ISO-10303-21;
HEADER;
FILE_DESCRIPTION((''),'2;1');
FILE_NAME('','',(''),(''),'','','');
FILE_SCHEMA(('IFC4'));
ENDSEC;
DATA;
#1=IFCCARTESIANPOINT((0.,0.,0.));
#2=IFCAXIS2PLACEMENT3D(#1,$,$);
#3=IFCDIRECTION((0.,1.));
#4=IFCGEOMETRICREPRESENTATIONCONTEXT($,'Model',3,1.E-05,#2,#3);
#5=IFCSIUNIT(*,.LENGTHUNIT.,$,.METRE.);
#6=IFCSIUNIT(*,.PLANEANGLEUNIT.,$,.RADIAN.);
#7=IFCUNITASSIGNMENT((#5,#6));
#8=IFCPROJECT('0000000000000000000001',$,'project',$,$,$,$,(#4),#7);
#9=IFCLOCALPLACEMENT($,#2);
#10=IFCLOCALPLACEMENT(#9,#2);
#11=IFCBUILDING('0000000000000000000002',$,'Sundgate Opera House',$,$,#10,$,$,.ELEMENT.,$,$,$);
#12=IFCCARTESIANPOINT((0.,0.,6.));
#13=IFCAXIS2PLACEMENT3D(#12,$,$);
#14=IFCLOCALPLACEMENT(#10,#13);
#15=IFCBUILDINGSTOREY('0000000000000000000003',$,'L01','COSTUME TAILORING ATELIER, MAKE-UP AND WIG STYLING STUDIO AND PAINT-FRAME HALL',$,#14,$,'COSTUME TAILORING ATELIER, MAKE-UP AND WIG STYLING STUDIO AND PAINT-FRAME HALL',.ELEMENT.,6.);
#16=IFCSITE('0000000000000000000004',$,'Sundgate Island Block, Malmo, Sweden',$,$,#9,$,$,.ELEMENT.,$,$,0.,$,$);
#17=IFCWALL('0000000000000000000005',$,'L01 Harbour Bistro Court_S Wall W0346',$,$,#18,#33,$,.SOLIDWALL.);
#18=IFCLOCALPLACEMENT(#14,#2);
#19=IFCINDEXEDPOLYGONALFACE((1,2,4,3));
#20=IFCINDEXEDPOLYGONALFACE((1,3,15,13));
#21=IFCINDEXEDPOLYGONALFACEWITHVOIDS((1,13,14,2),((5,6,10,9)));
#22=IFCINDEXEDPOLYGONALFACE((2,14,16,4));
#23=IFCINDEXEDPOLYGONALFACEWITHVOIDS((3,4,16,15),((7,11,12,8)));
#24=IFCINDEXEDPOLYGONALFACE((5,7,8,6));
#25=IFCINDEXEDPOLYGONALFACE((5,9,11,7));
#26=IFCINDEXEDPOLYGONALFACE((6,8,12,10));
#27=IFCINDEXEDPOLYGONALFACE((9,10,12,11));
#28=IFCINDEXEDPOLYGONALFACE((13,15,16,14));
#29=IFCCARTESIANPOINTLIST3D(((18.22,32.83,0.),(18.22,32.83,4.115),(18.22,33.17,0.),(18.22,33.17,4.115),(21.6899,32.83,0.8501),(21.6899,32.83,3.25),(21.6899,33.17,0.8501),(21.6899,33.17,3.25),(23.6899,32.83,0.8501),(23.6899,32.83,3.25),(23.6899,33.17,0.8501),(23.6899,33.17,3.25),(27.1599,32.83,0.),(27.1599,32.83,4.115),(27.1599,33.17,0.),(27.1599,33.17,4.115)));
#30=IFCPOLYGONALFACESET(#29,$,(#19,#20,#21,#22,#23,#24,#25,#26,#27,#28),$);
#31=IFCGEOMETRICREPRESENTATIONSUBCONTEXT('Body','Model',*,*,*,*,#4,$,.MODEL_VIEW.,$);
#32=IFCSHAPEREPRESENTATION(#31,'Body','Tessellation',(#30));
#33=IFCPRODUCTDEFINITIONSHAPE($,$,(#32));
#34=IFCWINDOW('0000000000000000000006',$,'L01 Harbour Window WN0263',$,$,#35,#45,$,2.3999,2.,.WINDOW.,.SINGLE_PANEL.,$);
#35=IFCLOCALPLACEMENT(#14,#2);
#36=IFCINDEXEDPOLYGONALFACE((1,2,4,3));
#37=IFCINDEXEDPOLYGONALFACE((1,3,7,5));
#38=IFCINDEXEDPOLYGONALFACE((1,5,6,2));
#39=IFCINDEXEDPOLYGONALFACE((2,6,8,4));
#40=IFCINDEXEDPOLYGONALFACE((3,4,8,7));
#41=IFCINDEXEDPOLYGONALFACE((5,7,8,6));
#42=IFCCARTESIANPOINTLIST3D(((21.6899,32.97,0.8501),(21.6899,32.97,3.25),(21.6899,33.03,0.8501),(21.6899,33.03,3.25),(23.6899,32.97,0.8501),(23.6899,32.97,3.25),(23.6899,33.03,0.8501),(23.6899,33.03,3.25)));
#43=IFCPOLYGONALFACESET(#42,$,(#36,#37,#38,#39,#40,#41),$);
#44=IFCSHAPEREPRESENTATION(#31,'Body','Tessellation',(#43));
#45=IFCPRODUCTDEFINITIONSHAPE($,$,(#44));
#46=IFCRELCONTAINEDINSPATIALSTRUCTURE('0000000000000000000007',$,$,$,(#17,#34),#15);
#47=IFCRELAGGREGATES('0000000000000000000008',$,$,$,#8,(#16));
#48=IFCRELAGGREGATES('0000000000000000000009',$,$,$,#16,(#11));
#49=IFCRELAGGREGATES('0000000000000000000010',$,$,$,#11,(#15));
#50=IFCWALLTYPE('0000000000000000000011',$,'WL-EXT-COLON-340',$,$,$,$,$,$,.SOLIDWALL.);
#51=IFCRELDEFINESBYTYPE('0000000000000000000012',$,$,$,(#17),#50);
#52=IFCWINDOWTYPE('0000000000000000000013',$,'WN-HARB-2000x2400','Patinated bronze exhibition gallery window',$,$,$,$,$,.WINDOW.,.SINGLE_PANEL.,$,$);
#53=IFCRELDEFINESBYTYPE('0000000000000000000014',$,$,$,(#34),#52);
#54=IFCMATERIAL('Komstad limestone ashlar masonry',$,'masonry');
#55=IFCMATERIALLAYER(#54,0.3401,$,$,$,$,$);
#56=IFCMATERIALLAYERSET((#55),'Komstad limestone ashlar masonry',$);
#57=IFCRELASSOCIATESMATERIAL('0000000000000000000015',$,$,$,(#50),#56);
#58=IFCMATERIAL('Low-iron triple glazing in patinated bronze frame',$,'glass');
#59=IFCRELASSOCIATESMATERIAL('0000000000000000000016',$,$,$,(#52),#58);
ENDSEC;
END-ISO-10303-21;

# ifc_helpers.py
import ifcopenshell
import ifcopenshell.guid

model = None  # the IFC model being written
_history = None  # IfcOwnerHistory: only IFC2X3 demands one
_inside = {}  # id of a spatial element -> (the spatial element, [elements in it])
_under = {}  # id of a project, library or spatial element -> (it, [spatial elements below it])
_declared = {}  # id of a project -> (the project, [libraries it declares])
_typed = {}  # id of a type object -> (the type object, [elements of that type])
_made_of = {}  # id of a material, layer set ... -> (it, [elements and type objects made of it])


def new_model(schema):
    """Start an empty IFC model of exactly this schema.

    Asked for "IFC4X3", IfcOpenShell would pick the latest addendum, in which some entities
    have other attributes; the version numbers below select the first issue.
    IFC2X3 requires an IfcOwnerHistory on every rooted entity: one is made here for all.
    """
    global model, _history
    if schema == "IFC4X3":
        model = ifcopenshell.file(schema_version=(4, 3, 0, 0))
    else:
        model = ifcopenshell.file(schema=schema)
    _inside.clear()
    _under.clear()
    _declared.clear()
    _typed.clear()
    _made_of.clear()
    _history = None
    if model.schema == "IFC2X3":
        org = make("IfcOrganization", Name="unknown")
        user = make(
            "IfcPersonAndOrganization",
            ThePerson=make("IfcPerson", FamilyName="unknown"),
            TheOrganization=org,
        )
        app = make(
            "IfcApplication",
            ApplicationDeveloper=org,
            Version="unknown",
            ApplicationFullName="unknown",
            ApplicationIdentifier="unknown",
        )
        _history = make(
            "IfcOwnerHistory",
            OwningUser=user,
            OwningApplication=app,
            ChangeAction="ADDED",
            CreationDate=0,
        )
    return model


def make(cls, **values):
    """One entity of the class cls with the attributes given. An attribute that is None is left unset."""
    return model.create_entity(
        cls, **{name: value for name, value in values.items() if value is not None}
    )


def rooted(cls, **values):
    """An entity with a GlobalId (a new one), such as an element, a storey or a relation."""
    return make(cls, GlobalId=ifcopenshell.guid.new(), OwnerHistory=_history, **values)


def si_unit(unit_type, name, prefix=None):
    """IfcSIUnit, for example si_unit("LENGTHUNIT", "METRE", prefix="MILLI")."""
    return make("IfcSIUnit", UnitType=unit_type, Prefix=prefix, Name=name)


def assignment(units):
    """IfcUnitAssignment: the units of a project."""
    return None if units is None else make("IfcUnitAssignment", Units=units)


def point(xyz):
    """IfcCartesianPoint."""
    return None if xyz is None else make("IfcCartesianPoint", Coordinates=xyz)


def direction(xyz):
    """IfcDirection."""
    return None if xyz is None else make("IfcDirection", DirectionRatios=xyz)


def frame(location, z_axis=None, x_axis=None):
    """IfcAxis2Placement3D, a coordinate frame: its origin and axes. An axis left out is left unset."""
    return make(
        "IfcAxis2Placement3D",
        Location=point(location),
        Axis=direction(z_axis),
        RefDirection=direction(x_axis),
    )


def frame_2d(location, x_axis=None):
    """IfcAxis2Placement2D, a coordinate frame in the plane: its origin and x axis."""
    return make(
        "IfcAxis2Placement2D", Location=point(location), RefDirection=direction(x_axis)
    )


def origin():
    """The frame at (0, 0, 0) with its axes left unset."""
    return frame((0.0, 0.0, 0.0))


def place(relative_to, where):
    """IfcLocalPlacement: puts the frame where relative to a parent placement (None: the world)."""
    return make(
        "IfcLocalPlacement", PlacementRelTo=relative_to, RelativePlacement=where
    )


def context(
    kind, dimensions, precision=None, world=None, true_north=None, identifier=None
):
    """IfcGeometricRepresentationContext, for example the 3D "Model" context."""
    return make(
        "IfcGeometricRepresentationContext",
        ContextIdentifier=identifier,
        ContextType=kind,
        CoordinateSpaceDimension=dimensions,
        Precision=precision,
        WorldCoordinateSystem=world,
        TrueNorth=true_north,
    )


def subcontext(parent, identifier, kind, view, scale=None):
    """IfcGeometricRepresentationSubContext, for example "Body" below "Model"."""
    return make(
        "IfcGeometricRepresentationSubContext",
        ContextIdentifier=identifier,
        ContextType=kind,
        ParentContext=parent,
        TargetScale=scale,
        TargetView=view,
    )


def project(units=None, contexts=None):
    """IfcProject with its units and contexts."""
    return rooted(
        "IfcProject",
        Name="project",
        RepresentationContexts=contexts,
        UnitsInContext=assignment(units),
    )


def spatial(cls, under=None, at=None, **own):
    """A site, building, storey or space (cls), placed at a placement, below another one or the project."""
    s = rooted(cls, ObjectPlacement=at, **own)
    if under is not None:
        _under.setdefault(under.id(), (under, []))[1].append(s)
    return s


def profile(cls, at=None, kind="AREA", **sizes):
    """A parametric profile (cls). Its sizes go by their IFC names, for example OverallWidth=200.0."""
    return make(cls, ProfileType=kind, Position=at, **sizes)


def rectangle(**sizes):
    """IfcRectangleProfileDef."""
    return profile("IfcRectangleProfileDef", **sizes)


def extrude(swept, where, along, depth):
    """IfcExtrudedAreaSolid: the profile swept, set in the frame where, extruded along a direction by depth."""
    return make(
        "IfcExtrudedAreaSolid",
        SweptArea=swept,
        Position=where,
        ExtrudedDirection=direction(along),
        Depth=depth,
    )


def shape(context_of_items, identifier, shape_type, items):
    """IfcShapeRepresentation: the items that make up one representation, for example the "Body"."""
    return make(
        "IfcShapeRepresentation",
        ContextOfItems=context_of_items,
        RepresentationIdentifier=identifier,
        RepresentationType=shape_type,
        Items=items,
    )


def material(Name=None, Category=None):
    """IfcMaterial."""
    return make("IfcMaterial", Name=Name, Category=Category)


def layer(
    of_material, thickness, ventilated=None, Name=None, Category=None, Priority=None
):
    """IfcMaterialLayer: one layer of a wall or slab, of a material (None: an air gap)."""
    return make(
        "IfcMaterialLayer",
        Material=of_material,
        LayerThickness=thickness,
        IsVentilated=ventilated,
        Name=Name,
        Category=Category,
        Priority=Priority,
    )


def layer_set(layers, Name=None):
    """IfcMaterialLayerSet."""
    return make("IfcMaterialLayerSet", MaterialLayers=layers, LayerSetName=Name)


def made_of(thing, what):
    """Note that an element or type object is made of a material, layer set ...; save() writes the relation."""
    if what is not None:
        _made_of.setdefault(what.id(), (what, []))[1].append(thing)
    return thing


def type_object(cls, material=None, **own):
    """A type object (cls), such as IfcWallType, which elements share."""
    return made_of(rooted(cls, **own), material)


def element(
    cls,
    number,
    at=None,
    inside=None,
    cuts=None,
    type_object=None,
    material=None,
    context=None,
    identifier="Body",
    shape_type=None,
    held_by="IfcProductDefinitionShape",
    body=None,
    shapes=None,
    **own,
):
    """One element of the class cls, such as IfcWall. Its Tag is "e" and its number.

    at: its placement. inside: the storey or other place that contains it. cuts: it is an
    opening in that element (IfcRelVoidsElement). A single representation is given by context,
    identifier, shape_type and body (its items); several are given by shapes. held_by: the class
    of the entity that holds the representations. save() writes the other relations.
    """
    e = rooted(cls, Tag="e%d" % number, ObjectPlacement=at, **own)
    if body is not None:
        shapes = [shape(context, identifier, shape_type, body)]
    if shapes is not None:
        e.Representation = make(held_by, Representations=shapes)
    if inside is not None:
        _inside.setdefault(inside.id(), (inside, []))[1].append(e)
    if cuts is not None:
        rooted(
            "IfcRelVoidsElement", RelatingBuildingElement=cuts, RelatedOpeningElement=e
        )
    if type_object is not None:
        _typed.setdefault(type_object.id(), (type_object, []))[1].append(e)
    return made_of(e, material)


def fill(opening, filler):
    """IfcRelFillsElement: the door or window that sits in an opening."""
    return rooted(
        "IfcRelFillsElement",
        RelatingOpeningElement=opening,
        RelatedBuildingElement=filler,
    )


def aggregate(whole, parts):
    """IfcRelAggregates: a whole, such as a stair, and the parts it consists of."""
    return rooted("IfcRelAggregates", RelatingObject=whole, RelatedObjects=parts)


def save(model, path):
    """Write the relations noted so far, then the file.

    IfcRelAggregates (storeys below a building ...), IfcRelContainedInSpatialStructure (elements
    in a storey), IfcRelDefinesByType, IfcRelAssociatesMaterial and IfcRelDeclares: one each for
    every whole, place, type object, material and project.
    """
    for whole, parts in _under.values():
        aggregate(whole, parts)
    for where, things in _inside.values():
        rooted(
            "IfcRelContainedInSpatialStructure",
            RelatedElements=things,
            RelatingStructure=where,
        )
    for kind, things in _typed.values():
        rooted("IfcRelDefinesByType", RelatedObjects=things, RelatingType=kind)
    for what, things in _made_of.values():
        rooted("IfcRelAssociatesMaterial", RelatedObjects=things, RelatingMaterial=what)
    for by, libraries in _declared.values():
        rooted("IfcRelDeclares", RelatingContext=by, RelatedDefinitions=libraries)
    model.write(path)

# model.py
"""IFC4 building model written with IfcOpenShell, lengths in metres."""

from ifc_helpers import new_model, si_unit, direction, frame, frame_2d, origin, place, context, subcontext, project, spatial, rectangle, extrude, material, layer, layer_set, type_object, element, fill, save


model = new_model("IFC4")

# Units and contexts
model_context = context("Model", 3, precision=1e-05, world=origin(), true_north=direction((0.0, 1.0)))
body_context = subcontext(model_context, "Body", "Model", "MODEL_VIEW")
ifc_project = project(units=[si_unit("LENGTHUNIT", "METRE"), si_unit("PLANEANGLEUNIT", "RADIAN")], contexts=[model_context])

# Site, building, storey
site_placement = place(None, origin())
site = spatial("IfcSite", under=ifc_project, at=site_placement, Name="Sundgate Island Block, Malmo, Sweden", CompositionType="ELEMENT", RefElevation=0.0)
building_placement = place(site_placement, origin())
building = spatial("IfcBuilding", under=site, at=building_placement, Name="Sundgate Opera House", CompositionType="ELEMENT")
storey_placement = place(building_placement, frame((0.0, 0.0, 6.0)))
storey = spatial("IfcBuildingStorey", under=building, at=storey_placement, Name="L01", Description="COSTUME TAILORING ATELIER, MAKE-UP AND WIG STYLING STUDIO AND PAINT-FRAME HALL", LongName="COSTUME TAILORING ATELIER, MAKE-UP AND WIG STYLING STUDIO AND PAINT-FRAME HALL", CompositionType="ELEMENT", Elevation=6.0)

# Wall, opening, window
ifc_material_1 = material(Name="Komstad limestone ashlar masonry", Category="masonry")
ifc_layer_1 = layer(ifc_material_1, 0.3401)
ifc_layer_set_1 = layer_set([ifc_layer_1], Name="Komstad limestone ashlar masonry")
wall_type = type_object("IfcWallType", Name="WL-EXT-COLON-340", PredefinedType="SOLIDWALL", material=ifc_layer_set_1)
ifc_material_2 = material(Name="Low-iron triple glazing in patinated bronze frame", Category="glass")
window_type = type_object("IfcWindowType", Name="WN-HARB-2000x2400", Description="Patinated bronze exhibition gallery window", PartitioningType="SINGLE_PANEL", PredefinedType="WINDOW", material=ifc_material_2)
wall_1_placement = place(storey_placement, frame((27.1599, 33.0, 0.0), z_axis=(0.0, 0.0, 1.0), x_axis=(-1.0, 0.0, 0.0)))
wall_1 = element("IfcWall", 1, at=wall_1_placement, inside=storey, type_object=wall_type, Name="L01 Harbour Bistro Court_S Wall W0346", PredefinedType="SOLIDWALL", context=body_context, shape_type="SweptSolid", body=[
    extrude(rectangle(XDim=8.9399, YDim=0.3401, at=frame_2d((4.47, 0.0))), origin(), (0.0, 0.0, 1.0), 4.115),
])
opening_1_placement = place(wall_1_placement, frame((3.47, 0.0, 0.8501)))
opening_1 = element("IfcOpeningElement", 2, at=opening_1_placement, cuts=wall_1, PredefinedType="OPENING", context=body_context, shape_type="SweptSolid", body=[
    extrude(rectangle(XDim=2.0, YDim=2.3999, at=frame_2d((1.0, 1.2))), frame((0.0, 0.1799, 0.0), z_axis=(0.0, -1.0, 0.0), x_axis=(1.0, 0.0, 0.0)), (0.0, 0.0, 1.0), 0.3601),
])
window_1_placement = place(opening_1_placement, origin())
window_1 = element("IfcWindow", 3, at=window_1_placement, inside=storey, type_object=window_type, Name="L01 Harbour Window WN0263", OverallHeight=2.3999, OverallWidth=2.0, PartitioningType="SINGLE_PANEL", PredefinedType="WINDOW", context=body_context, shape_type="SweptSolid", body=[
    extrude(rectangle(XDim=2.0, YDim=2.3999, at=frame_2d((1.0, 1.2))), frame((0.0, 0.03, 0.0), z_axis=(0.0, -1.0, 0.0), x_axis=(1.0, 0.0, 0.0)), (0.0, 0.0, 1.0), 0.0601),
])
fill(opening_1, window_1)

save(model, "model.ifc")
